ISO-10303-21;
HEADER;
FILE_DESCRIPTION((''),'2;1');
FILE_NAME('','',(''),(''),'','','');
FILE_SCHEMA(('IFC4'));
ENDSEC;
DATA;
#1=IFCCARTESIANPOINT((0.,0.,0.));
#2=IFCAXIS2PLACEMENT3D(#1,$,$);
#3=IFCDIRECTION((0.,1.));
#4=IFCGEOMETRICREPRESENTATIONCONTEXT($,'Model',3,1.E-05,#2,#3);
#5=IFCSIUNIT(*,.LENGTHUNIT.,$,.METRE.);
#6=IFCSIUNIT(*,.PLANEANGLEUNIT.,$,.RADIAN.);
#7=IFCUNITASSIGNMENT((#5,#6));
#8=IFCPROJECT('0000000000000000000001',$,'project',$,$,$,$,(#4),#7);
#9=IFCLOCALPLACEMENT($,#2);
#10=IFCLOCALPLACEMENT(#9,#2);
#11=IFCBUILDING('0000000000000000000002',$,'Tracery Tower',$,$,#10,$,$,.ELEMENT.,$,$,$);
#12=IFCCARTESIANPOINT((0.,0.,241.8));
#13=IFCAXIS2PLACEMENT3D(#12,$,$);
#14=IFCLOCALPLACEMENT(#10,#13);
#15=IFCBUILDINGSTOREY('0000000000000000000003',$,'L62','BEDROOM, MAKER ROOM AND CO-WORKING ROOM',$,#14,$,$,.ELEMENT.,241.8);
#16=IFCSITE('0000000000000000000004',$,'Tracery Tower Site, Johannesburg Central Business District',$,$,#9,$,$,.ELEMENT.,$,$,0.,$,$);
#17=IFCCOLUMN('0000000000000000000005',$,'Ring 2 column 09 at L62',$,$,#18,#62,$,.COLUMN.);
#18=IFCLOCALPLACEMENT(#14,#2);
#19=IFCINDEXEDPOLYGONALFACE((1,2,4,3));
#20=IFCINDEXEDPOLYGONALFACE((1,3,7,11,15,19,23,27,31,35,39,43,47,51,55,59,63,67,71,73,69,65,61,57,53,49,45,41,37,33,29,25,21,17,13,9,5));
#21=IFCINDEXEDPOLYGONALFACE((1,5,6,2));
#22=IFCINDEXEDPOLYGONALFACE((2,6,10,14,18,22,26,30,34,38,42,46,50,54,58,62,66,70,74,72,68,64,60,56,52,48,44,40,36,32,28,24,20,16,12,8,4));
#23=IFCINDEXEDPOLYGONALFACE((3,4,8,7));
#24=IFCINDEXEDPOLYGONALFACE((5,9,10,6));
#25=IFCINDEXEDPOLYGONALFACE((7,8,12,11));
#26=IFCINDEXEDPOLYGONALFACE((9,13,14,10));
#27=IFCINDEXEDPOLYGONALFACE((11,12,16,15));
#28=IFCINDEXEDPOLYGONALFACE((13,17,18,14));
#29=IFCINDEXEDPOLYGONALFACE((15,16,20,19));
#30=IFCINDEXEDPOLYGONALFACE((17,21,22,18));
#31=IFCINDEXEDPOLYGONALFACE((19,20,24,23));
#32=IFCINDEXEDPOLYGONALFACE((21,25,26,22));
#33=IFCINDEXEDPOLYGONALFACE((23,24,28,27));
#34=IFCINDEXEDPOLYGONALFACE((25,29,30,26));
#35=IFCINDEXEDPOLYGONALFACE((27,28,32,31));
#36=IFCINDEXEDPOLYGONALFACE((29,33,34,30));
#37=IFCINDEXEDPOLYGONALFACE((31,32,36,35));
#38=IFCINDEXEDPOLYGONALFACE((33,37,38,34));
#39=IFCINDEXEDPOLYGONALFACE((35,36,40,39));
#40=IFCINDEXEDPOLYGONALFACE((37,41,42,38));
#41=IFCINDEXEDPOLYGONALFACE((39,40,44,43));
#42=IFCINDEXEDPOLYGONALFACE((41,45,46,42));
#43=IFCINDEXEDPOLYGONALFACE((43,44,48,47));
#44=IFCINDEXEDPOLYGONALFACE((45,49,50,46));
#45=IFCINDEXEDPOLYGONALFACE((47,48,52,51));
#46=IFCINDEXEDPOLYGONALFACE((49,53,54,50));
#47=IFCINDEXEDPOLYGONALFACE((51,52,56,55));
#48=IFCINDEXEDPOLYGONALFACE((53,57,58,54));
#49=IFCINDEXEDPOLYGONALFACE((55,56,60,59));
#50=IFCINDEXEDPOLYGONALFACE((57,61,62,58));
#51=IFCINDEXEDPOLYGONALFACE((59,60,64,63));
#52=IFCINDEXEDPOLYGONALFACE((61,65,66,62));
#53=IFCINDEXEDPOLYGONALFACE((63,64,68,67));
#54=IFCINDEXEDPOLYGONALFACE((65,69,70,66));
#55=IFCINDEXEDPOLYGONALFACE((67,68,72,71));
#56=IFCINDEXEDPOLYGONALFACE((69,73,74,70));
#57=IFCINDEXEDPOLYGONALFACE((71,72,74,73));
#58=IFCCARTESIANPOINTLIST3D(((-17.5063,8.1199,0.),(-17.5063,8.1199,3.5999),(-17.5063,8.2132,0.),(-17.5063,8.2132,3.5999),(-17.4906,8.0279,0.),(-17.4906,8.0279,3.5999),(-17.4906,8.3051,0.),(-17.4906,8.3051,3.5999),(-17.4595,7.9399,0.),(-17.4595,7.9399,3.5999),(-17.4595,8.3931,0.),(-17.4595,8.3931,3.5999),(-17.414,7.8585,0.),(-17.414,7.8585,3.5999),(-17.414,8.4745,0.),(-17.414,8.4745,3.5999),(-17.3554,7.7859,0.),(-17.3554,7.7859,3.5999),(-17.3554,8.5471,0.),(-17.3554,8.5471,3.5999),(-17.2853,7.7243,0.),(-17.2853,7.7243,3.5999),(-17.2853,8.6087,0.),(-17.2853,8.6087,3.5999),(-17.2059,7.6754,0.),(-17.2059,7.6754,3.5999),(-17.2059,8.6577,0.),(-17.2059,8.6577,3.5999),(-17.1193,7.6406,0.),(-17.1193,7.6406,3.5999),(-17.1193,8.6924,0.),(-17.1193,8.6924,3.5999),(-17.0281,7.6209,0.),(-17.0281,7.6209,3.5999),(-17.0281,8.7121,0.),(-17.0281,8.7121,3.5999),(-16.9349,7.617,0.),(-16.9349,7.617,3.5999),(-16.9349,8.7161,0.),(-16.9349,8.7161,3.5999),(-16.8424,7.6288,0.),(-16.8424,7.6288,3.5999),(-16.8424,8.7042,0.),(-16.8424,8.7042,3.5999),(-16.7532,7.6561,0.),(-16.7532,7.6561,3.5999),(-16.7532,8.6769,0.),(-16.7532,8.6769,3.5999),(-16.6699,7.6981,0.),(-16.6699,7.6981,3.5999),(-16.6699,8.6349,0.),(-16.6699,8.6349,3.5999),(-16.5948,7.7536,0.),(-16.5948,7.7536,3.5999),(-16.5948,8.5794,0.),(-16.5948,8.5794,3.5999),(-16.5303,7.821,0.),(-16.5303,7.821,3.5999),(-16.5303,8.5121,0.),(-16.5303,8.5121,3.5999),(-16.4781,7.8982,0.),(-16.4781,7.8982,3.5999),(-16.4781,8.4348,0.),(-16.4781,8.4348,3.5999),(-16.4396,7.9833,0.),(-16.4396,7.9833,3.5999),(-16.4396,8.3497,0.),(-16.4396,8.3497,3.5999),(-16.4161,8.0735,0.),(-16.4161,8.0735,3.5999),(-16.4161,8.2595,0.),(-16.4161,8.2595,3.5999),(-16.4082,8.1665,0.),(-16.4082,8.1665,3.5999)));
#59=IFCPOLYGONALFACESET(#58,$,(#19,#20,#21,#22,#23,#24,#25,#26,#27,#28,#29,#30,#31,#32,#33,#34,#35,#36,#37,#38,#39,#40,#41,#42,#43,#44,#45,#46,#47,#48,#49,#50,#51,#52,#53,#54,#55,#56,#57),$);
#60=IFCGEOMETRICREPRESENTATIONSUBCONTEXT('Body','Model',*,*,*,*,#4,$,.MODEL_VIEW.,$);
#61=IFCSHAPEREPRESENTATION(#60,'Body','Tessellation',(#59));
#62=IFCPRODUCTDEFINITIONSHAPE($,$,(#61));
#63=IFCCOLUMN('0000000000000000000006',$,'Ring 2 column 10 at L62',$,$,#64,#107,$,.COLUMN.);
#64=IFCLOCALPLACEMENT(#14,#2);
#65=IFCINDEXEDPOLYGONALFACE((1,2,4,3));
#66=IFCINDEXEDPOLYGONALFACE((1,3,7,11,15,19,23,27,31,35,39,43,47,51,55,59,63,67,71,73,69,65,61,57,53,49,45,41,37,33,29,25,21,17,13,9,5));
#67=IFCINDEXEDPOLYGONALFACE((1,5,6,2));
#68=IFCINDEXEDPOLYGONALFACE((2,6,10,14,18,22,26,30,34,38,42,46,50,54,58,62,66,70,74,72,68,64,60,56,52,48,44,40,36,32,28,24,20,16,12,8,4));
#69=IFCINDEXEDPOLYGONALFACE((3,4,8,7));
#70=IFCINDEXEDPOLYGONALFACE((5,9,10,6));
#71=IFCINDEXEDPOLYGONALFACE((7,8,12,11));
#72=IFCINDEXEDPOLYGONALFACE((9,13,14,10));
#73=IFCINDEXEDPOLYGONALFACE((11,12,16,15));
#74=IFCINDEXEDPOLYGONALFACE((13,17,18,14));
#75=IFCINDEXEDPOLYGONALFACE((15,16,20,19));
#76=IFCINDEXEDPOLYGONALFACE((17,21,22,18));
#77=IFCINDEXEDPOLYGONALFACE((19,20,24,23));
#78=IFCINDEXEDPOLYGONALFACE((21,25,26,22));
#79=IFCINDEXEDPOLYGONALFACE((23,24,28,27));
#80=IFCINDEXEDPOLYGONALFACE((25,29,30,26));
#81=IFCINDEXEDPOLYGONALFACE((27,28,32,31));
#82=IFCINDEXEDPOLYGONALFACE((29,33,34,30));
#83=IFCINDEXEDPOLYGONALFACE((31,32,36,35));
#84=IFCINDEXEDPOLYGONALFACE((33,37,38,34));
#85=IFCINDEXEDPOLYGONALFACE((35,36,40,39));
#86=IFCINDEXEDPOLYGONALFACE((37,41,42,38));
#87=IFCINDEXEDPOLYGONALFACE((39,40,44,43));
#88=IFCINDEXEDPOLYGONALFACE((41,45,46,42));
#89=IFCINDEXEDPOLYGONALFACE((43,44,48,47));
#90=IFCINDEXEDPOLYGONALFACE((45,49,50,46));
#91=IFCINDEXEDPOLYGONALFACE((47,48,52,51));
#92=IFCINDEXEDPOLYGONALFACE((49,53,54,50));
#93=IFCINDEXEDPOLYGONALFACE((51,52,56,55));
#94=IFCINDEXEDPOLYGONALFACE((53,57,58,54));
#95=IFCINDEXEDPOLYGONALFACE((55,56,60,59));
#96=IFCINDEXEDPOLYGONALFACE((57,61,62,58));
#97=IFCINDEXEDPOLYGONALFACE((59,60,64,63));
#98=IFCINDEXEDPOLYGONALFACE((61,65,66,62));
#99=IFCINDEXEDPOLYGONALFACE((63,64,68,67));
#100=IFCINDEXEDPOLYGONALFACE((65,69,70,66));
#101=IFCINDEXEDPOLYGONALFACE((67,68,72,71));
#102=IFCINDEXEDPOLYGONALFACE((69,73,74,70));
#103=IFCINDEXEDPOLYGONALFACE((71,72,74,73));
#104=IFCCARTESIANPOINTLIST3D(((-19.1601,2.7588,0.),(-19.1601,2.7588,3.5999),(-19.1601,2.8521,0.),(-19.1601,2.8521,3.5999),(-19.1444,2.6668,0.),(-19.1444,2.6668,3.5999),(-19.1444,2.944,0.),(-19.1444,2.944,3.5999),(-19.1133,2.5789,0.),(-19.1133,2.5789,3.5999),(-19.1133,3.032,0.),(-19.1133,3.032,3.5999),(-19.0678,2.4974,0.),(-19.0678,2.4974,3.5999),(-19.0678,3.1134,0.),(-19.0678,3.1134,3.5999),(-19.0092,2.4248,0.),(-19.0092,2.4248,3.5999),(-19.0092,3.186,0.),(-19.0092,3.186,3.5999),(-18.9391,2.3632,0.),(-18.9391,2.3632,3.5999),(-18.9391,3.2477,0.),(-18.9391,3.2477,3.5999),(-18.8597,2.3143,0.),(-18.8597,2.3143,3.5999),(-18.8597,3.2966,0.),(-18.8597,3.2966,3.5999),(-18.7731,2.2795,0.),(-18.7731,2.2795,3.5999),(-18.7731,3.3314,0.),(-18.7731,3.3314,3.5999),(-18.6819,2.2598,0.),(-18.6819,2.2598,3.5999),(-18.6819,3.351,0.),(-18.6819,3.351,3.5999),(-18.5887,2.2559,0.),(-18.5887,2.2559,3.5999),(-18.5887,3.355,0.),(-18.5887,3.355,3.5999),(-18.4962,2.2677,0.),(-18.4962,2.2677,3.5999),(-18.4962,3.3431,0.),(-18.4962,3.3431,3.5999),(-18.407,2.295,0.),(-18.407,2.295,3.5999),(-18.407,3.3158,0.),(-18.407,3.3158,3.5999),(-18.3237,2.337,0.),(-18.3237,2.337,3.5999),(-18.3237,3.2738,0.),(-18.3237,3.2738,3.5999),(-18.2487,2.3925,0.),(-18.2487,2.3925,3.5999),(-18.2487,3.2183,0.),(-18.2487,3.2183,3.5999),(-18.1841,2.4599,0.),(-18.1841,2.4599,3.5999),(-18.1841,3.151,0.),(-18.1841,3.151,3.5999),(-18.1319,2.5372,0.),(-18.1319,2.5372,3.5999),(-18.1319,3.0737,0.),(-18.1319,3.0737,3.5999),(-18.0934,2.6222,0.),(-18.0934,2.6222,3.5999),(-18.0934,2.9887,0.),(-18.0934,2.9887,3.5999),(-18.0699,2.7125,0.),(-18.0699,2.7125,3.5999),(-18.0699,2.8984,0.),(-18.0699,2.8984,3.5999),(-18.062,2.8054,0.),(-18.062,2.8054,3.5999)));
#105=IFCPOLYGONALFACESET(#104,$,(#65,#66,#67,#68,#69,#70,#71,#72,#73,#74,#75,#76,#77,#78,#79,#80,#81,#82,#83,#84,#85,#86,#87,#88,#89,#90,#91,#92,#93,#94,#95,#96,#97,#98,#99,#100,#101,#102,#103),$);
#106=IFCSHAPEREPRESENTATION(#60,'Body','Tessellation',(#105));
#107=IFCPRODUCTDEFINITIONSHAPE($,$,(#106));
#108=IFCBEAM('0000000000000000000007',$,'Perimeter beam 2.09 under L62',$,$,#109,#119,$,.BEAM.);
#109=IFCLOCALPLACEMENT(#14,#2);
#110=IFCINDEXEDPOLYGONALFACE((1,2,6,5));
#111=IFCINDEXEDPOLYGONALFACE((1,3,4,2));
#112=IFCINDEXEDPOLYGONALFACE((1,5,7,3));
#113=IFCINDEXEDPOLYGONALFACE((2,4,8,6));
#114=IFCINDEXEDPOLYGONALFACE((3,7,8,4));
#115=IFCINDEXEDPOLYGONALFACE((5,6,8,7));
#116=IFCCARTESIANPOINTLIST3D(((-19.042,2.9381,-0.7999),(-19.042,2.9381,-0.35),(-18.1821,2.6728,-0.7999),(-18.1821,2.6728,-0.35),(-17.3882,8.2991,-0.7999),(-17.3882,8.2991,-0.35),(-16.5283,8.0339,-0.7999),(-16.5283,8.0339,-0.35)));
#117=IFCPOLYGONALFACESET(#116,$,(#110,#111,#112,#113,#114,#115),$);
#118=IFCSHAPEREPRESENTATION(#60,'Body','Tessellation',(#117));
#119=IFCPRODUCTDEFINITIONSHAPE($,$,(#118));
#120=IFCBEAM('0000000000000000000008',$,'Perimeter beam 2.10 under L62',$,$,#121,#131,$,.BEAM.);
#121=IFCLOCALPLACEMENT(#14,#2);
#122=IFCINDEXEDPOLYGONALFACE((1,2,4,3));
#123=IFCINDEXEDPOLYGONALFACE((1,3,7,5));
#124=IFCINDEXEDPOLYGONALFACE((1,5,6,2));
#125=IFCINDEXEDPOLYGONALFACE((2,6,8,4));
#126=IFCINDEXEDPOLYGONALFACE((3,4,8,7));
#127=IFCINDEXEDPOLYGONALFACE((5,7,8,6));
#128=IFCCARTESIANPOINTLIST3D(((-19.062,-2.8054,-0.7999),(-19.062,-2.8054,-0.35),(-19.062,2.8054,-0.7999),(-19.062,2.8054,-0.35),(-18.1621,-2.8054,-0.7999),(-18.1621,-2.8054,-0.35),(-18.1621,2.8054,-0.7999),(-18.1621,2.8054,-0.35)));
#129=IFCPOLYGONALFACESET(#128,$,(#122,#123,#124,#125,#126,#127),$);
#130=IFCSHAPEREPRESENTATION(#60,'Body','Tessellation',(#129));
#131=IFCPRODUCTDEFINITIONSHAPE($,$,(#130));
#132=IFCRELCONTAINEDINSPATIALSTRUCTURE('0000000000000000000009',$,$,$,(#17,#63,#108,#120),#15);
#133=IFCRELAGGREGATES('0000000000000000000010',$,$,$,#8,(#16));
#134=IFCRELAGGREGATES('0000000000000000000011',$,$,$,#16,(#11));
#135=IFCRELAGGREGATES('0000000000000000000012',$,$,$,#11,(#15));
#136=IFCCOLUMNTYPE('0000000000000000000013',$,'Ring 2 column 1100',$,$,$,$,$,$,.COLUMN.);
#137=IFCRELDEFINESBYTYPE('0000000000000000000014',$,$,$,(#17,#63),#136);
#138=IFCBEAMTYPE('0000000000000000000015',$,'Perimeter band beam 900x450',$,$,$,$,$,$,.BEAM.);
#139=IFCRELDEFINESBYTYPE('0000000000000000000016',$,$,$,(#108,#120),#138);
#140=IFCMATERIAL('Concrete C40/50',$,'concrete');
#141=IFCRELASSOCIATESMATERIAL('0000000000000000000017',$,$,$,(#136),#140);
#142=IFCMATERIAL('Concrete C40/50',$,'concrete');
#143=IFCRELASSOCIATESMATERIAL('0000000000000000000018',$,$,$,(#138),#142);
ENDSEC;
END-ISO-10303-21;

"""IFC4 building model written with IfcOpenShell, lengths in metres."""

from ifc_helpers import new_model, si_unit, direction, frame, origin, origin_2d, place, context, subcontext, project, spatial, rectangle, circle, extrude, material, material_profile, profile_set, type_object, element, save


model = new_model("IFC4")

# Units and contexts
model_context = context("Model", 3, precision=1e-05, world=origin(), true_north=direction((0.0, 1.0)))
body_context = subcontext(model_context, "Body", "Model", "MODEL_VIEW")
ifc_project = project(units=[si_unit("LENGTHUNIT", "METRE"), si_unit("PLANEANGLEUNIT", "RADIAN")], contexts=[model_context])

# Site, building, storey
site_placement = place(None, origin())
site = spatial("IfcSite", under=ifc_project, at=site_placement, Name="Tracery Tower Site, Johannesburg Central Business District", CompositionType="ELEMENT", RefElevation=0.0)
building_placement = place(site_placement, origin())
building = spatial("IfcBuilding", under=site, at=building_placement, Name="Tracery Tower", CompositionType="ELEMENT")
storey_placement = place(building_placement, frame((0.0, 0.0, 241.8)))
storey = spatial("IfcBuildingStorey", under=building, at=storey_placement, Name="L62", Description="BEDROOM, MAKER ROOM AND CO-WORKING ROOM", CompositionType="ELEMENT", Elevation=241.8)

# Columns
ifc_material_1 = material(Name="Concrete C40/50", Category="concrete")
ifc_material_profile_1 = material_profile(ifc_material_1, circle(Radius=0.55, at=origin_2d()), Name="RC D1100")
ifc_profile_set_1 = profile_set([ifc_material_profile_1], Name="Concrete C40/50")
column_type = type_object("IfcColumnType", Name="Ring 2 column 1100", PredefinedType="COLUMN", material=ifc_profile_set_1)
for number, where, z_axis, x_axis, name in (
    (1, (-16.9583, 8.1665, 0.0), (0.0, 0.0, 1.0), (1.0, 0.0, 0.0), "Ring 2 column 09 at L62"),
    (2, (-18.6121, 2.8054, 0.0), (0.0, 0.0, 1.0), (1.0, 0.0, 0.0), "Ring 2 column 10 at L62"),
):
    element("IfcColumn", number, at=place(storey_placement, frame(where, z_axis=z_axis, x_axis=x_axis)), inside=storey, type_object=column_type, Name=name, PredefinedType="COLUMN", context=body_context, shape_type="SweptSolid", body=[
        extrude(circle(Radius=0.55, at=origin_2d()), origin(), (0.0, 0.0, 1.0), 3.5999),
    ])

# Beams
ifc_material_2 = material(Name="Concrete C40/50", Category="concrete")
ifc_material_profile_2 = material_profile(ifc_material_2, rectangle(XDim=0.8999, YDim=0.45, at=origin_2d()), Name="RC 900x450")
ifc_profile_set_2 = profile_set([ifc_material_profile_2], Name="Concrete C40/50")
beam_type = type_object("IfcBeamType", Name="Perimeter band beam 900x450", PredefinedType="BEAM", material=ifc_profile_set_2)
beam_1_placement = place(storey_placement, frame((-16.9583, 8.1665, -0.575), z_axis=(-0.294777, -0.955566, 0.0), x_axis=(0.955566, -0.294777, 0.0)))
element("IfcBeam", 3, at=beam_1_placement, inside=storey, type_object=beam_type, Name="Perimeter beam 2.09 under L62", PredefinedType="BEAM", context=body_context, shape_type="SweptSolid", body=[
    extrude(rectangle(XDim=0.8999, YDim=0.45, at=origin_2d()), origin(), (0.0, 0.0, 1.0), 5.6104),
])
beam_2_placement = place(storey_placement, frame((-18.6121, 2.8054, -0.575), z_axis=(0.0, -1.0, 0.0), x_axis=(1.0, 0.0, 0.0)))
element("IfcBeam", 4, at=beam_2_placement, inside=storey, type_object=beam_type, Name="Perimeter beam 2.10 under L62", PredefinedType="BEAM", context=body_context, shape_type="SweptSolid", body=[
    extrude(rectangle(XDim=0.8999, YDim=0.45, at=origin_2d()), origin(), (0.0, 0.0, 1.0), 5.6108),
])

save(model, "model.ifc")
